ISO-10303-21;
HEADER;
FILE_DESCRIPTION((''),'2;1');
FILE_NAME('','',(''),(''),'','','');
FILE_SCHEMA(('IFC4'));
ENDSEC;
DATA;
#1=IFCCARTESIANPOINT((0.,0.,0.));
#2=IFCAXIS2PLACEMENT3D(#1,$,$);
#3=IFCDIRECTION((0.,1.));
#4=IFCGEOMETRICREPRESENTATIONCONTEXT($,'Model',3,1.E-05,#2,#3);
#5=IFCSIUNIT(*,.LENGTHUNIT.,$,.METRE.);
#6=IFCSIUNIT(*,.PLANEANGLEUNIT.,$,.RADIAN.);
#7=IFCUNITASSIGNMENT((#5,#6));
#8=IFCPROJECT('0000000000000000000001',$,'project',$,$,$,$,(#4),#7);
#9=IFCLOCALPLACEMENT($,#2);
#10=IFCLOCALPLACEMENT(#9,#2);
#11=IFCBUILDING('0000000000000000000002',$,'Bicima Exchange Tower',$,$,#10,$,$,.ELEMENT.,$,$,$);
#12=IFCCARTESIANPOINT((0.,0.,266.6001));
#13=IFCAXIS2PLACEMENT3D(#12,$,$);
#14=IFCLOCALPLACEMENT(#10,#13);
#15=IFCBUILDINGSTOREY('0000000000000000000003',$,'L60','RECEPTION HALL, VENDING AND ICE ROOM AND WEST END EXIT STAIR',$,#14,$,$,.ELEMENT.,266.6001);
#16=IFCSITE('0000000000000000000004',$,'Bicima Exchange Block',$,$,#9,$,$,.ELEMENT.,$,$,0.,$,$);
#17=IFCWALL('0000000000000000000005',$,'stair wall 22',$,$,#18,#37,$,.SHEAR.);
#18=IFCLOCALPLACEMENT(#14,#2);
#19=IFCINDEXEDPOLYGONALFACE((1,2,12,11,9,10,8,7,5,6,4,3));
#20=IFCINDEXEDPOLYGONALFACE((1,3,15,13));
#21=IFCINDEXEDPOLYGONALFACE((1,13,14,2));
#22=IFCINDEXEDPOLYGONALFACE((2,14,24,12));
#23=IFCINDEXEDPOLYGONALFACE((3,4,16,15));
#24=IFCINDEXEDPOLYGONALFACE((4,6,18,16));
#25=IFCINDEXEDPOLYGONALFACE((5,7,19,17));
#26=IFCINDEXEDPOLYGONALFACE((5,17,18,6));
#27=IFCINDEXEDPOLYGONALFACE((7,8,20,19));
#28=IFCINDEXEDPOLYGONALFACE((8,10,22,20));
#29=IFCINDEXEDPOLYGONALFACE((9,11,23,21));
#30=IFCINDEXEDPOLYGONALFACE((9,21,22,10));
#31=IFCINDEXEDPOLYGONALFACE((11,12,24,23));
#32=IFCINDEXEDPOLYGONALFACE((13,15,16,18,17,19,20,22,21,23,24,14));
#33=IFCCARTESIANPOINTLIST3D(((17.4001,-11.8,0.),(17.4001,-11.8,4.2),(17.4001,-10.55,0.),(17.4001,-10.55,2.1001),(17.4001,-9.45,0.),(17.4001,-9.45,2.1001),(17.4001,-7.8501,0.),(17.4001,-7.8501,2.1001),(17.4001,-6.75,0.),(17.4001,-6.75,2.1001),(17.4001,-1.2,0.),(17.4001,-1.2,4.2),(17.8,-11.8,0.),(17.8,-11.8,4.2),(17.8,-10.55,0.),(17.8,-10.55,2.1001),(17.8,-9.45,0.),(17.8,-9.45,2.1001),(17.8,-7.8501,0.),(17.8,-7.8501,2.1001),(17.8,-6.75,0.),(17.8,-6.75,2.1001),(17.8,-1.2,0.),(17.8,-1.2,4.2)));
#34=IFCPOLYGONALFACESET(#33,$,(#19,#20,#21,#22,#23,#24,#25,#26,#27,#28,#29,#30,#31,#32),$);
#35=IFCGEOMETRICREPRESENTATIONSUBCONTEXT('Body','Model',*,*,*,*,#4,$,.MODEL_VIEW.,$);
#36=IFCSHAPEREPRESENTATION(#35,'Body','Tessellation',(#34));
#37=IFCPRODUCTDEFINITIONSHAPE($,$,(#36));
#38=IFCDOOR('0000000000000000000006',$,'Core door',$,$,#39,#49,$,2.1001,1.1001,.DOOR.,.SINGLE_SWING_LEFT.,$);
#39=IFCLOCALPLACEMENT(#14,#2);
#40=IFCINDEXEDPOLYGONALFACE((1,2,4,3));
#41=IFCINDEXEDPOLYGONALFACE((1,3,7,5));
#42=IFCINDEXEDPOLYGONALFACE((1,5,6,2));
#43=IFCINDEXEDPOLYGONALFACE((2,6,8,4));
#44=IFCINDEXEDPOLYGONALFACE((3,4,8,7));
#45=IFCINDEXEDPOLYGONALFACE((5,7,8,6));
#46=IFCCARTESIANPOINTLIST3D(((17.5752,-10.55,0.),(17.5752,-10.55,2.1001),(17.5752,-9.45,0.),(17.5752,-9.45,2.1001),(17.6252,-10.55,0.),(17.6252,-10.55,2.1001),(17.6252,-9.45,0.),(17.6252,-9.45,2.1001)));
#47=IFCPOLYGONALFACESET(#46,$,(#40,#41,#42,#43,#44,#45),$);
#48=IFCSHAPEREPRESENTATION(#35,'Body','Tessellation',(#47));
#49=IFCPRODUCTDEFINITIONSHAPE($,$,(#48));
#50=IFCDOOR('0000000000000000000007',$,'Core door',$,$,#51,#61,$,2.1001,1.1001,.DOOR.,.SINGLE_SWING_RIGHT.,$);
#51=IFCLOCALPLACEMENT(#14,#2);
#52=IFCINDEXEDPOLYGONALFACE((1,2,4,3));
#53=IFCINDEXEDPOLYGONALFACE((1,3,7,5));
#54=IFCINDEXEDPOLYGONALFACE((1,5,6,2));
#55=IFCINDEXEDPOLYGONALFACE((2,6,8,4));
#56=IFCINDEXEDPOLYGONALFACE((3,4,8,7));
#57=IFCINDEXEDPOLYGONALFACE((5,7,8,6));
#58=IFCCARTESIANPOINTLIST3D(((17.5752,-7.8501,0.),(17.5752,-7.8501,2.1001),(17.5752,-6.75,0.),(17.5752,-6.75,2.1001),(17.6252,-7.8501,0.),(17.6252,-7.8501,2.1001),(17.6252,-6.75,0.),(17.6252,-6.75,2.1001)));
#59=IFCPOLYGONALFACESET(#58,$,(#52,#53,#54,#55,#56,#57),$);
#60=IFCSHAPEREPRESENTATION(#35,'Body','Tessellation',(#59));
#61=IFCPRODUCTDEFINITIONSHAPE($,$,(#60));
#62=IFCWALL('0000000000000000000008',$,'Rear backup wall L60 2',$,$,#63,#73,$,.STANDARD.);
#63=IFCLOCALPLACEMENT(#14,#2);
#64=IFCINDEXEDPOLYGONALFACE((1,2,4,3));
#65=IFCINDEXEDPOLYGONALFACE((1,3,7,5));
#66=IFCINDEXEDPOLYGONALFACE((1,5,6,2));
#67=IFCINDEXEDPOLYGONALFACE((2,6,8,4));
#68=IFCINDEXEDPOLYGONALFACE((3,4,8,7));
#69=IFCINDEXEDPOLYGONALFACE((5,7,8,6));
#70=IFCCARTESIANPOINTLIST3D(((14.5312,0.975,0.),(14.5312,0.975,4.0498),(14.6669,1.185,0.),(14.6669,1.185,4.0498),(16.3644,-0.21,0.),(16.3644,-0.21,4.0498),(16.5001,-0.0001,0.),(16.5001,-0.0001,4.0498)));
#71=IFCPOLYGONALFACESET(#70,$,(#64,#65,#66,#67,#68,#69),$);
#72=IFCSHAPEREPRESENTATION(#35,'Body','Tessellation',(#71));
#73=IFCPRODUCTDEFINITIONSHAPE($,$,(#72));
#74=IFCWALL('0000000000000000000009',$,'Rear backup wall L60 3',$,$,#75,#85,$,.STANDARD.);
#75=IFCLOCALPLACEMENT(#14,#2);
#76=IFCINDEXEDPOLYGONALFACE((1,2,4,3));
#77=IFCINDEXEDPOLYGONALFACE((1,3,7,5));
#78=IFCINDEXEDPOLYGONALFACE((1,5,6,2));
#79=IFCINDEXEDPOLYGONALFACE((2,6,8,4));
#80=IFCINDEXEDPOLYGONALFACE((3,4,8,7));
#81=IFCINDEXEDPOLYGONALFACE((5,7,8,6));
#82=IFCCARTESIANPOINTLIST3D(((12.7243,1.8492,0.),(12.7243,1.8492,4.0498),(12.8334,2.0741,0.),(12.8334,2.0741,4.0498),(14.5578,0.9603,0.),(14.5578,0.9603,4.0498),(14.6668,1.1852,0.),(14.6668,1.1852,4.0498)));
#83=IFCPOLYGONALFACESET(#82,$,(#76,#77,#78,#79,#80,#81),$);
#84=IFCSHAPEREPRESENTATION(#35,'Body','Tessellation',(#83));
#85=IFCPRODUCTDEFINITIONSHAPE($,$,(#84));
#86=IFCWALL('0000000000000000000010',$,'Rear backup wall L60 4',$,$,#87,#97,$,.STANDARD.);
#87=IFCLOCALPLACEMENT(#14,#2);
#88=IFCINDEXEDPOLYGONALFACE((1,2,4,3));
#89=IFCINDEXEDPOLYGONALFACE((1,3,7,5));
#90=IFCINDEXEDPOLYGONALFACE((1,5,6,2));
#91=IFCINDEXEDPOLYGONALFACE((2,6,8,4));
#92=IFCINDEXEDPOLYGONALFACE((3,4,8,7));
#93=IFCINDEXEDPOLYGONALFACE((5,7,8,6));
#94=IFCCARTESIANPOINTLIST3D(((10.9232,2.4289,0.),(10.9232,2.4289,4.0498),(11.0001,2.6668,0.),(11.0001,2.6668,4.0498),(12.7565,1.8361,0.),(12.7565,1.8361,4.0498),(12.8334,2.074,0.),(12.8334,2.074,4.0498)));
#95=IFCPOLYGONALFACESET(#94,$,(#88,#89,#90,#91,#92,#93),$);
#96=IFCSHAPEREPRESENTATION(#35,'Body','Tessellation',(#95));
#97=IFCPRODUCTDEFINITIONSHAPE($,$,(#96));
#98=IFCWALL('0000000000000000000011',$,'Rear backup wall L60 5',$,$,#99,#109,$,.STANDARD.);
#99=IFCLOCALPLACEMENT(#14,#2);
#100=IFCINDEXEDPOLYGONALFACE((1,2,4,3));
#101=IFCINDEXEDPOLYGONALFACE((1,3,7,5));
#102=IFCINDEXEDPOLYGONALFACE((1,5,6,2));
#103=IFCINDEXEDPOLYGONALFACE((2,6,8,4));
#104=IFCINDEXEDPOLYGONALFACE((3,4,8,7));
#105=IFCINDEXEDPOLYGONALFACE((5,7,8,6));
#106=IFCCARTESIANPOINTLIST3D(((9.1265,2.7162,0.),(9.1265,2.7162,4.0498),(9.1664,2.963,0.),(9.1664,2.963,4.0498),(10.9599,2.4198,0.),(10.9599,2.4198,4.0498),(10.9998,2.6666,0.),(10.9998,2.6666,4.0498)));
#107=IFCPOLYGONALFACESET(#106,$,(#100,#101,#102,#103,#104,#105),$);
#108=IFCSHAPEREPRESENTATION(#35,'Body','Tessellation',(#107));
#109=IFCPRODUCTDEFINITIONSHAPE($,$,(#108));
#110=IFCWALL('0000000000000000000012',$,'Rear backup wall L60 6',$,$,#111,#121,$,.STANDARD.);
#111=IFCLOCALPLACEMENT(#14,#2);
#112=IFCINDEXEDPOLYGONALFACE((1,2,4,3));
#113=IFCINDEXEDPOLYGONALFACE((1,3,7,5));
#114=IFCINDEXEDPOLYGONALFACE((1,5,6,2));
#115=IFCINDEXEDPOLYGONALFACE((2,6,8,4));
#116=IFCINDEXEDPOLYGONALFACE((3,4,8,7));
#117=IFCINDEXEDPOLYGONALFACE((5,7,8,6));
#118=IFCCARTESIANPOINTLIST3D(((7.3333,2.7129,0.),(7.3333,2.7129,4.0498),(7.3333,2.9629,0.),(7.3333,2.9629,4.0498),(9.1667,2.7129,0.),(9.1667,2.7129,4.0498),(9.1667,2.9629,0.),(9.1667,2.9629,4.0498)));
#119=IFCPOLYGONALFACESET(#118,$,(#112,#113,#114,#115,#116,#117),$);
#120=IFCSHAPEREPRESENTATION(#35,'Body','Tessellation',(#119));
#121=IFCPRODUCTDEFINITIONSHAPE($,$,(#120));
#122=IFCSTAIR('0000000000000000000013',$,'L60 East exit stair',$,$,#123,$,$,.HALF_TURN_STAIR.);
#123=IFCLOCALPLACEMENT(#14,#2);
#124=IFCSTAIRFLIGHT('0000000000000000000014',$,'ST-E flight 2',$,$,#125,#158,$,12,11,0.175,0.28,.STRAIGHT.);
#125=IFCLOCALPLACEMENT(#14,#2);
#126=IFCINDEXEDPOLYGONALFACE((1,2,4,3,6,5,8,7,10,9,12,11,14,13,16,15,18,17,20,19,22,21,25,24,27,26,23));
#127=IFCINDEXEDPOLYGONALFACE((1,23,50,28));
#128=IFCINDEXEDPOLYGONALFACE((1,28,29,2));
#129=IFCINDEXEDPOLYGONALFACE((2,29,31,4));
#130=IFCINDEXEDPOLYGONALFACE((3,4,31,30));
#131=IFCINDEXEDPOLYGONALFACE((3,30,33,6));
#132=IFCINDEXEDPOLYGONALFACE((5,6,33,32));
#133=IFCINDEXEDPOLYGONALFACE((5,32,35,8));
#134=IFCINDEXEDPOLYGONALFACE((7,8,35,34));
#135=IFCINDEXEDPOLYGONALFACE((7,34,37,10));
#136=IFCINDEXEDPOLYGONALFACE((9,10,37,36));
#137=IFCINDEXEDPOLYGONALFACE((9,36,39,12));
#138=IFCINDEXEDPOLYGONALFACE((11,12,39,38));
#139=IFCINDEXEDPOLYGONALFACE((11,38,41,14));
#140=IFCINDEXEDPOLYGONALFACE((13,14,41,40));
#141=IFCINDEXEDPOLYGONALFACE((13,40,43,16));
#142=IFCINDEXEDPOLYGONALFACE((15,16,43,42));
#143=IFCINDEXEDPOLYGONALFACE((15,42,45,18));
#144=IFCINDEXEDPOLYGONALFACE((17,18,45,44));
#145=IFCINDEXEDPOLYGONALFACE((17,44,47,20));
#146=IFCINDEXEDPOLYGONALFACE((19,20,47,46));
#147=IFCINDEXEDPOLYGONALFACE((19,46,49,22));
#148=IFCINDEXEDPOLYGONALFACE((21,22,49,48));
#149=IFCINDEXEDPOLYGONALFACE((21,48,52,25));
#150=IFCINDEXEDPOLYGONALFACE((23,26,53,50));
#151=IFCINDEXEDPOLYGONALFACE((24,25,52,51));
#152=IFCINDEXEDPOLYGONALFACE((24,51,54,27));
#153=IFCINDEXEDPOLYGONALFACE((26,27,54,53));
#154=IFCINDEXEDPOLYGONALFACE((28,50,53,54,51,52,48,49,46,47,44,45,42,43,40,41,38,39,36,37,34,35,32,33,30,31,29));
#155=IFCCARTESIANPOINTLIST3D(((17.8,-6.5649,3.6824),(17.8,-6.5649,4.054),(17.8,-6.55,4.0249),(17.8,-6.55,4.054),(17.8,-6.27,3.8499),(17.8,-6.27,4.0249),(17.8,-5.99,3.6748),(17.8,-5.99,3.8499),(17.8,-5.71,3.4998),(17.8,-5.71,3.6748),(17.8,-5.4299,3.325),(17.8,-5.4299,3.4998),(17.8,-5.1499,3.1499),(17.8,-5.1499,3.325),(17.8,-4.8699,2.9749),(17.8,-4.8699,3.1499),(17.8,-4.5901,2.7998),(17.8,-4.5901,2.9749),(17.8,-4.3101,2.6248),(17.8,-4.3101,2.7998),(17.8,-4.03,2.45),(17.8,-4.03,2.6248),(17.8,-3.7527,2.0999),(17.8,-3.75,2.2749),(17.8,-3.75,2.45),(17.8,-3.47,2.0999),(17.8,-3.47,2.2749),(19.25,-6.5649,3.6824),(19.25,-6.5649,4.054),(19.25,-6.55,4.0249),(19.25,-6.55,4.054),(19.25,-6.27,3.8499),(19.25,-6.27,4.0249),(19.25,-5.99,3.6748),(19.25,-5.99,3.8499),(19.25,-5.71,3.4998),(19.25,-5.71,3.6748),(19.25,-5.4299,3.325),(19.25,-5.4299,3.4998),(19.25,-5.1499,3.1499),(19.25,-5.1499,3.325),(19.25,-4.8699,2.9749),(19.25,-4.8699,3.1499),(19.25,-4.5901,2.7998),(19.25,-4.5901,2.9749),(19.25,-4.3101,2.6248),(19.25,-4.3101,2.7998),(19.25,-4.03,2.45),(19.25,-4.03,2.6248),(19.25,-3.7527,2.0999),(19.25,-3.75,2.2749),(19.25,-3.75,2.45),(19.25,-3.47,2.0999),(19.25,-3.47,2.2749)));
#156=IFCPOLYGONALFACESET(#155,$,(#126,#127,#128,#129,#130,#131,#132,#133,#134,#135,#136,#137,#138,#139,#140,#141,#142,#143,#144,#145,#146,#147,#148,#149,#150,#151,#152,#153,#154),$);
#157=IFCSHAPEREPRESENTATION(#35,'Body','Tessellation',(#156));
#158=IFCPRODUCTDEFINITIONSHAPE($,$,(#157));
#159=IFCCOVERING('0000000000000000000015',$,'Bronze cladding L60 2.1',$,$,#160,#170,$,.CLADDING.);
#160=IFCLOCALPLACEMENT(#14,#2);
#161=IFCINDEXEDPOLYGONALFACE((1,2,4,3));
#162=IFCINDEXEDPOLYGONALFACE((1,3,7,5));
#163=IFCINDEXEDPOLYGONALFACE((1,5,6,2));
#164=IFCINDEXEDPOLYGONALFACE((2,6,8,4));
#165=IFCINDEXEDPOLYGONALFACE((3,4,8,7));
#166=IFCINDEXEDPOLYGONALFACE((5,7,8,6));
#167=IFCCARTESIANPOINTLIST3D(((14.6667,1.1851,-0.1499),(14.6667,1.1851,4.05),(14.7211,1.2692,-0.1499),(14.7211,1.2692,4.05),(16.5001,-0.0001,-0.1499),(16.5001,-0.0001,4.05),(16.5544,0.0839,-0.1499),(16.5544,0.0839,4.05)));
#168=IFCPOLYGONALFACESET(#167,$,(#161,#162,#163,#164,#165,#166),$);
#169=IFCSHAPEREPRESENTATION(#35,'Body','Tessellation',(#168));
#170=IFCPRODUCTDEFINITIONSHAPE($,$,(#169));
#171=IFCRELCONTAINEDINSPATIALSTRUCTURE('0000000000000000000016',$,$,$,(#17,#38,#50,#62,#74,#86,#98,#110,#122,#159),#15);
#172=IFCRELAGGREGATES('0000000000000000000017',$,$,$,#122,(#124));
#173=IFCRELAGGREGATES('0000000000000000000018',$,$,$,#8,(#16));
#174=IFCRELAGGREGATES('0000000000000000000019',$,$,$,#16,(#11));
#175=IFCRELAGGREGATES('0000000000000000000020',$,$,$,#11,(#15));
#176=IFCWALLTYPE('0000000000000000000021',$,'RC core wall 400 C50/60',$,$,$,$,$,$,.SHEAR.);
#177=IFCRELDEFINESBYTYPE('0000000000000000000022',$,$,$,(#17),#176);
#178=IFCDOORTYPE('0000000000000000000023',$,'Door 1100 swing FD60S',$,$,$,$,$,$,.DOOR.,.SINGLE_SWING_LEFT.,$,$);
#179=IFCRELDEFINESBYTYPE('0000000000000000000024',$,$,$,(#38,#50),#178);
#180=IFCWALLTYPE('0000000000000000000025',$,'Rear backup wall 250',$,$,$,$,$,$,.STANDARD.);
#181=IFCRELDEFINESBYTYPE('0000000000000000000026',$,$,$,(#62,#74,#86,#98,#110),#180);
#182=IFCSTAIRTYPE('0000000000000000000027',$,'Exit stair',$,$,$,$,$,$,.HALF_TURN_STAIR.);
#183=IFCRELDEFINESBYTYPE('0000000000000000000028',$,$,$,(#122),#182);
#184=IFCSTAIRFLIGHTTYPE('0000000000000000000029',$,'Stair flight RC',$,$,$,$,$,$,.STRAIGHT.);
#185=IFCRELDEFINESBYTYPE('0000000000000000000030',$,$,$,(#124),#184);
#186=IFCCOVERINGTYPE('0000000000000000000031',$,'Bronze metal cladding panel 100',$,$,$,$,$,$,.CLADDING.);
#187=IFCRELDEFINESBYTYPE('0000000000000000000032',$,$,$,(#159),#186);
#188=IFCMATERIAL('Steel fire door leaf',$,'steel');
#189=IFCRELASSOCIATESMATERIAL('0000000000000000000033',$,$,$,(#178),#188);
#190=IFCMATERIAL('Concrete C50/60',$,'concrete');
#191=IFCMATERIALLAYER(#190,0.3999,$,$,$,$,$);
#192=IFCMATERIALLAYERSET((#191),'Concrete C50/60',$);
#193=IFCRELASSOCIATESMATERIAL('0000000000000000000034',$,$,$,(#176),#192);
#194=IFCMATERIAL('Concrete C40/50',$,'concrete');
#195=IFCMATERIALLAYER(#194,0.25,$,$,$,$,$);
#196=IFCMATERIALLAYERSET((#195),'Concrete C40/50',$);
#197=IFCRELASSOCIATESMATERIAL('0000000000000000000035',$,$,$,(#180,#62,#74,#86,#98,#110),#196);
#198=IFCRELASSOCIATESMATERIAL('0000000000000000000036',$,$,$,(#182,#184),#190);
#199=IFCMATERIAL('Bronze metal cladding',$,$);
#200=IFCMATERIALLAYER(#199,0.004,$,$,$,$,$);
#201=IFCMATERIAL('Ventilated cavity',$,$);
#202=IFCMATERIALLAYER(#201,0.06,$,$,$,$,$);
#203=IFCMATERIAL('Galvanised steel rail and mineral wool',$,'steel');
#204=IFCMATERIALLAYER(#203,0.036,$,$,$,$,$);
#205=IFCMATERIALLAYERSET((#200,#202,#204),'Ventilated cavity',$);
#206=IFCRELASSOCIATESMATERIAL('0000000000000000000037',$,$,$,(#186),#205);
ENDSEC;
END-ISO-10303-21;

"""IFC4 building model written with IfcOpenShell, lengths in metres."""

from ifc_helpers import new_model, si_unit, direction, frame, frame_2d, origin, origin_2d, place, context, subcontext, project, spatial, polyline, rectangle, outline, extrude, material, layer, layer_set, layer_usage, type_object, element, fill, aggregate, save


model = new_model("IFC4")

# Units and contexts
model_context = context("Model", 3, precision=1e-05, world=origin(), true_north=direction((0.0, 1.0)))
body_context = subcontext(model_context, "Body", "Model", "MODEL_VIEW")
ifc_project = project(units=[si_unit("LENGTHUNIT", "METRE"), si_unit("PLANEANGLEUNIT", "RADIAN")], contexts=[model_context])

# Site, building, storey
site_placement = place(None, origin())
site = spatial("IfcSite", under=ifc_project, at=site_placement, Name="Bicima Exchange Block", CompositionType="ELEMENT", RefElevation=0.0)
building_placement = place(site_placement, origin())
building = spatial("IfcBuilding", under=site, at=building_placement, Name="Bicima Exchange Tower", CompositionType="ELEMENT")
storey_placement = place(building_placement, frame((0.0, 0.0, 266.6001)))
storey = spatial("IfcBuildingStorey", under=building, at=storey_placement, Name="L60", Description="RECEPTION HALL, VENDING AND ICE ROOM AND WEST END EXIT STAIR", CompositionType="ELEMENT", Elevation=266.6001)

# Shared definitions
ifc_material_1 = material(Name="Concrete C40/50", Category="concrete")
ifc_material_2 = material(Name="Steel fire door leaf", Category="steel")
door_type_1 = type_object("IfcDoorType", Name="Door 1100 swing FD60S", OperationType="SINGLE_SWING_LEFT", PredefinedType="DOOR", material=ifc_material_2)
ifc_material_3 = material(Name="Concrete C50/60", Category="concrete")
ifc_layer_1 = layer(ifc_material_3, 0.3999)
ifc_layer_set_1 = layer_set([ifc_layer_1], Name="Concrete C50/60")
wall_type_1 = type_object("IfcWallType", Name="RC core wall 400 C50/60", PredefinedType="SHEAR", material=ifc_layer_set_1)

# Wall, openings, doors
wall_1_placement = place(storey_placement, frame((17.6001, -11.8, 0.0), z_axis=(0.0, 0.0, 1.0), x_axis=(0.0, 1.0, 0.0)))
wall_1 = element("IfcWall", 1, at=wall_1_placement, inside=storey, type_object=wall_type_1, Name="stair wall 22", PredefinedType="SHEAR", context=body_context, shape_type="SweptSolid", body=[
    extrude(rectangle(XDim=10.6001, YDim=0.3999, at=frame_2d((5.3, 0.0))), origin(), (0.0, 0.0, 1.0), 4.2),
])
opening_1_placement = place(wall_1_placement, frame((1.25, 0.0, 0.0)))
opening_1 = element("IfcOpeningElement", 2, at=opening_1_placement, cuts=wall_1, PredefinedType="OPENING", context=body_context, shape_type="SweptSolid", body=[
    extrude(rectangle(XDim=1.1001, YDim=2.1001, at=frame_2d((0.55, 1.05))), frame((0.0, 0.2119, 0.0), z_axis=(0.0, -1.0, 0.0), x_axis=(1.0, 0.0, 0.0)), (0.0, 0.0, 1.0), 0.4238),
])
opening_2_placement = place(wall_1_placement, frame((3.95, 0.0, 0.0)))
opening_2 = element("IfcOpeningElement", 3, at=opening_2_placement, cuts=wall_1, PredefinedType="OPENING", context=body_context, shape_type="SweptSolid", body=[
    extrude(rectangle(XDim=1.1001, YDim=2.1001, at=frame_2d((0.55, 1.05))), frame((0.0, 0.2119, 0.0), z_axis=(0.0, -1.0, 0.0), x_axis=(1.0, 0.0, 0.0)), (0.0, 0.0, 1.0), 0.4238),
])
door_1_placement = place(opening_1_placement, origin())
door_1 = element("IfcDoor", 4, at=door_1_placement, inside=storey, type_object=door_type_1, Name="Core door", OperationType="SINGLE_SWING_LEFT", OverallHeight=2.1001, OverallWidth=1.1001, PredefinedType="DOOR", context=body_context, shape_type="SweptSolid", body=[
    extrude(rectangle(XDim=1.1001, YDim=2.1001, at=frame_2d((0.55, 1.05))), frame((0.0, 0.0249, 0.0), z_axis=(0.0, -1.0, 0.0), x_axis=(1.0, 0.0, 0.0)), (0.0, 0.0, 1.0), 0.05),
])
fill(opening_1, door_1)
door_2_placement = place(opening_2_placement, origin())
door_2 = element("IfcDoor", 5, at=door_2_placement, inside=storey, type_object=door_type_1, Name="Core door", OperationType="SINGLE_SWING_RIGHT", OverallHeight=2.1001, OverallWidth=1.1001, PredefinedType="DOOR", context=body_context, shape_type="SweptSolid", body=[
    extrude(rectangle(XDim=1.1001, YDim=2.1001, at=frame_2d((0.55, 1.05))), frame((0.0, 0.0249, 0.0), z_axis=(0.0, -1.0, 0.0), x_axis=(1.0, 0.0, 0.0)), (0.0, 0.0, 1.0), 0.05),
])
fill(opening_2, door_2)

# Walls
ifc_layer_2 = layer(ifc_material_1, 0.25)
ifc_layer_set_2 = layer_set([ifc_layer_2], Name="Concrete C40/50")
ifc_layer_usage = layer_usage(ifc_layer_set_2, "AXIS2", "POSITIVE", -0.125)
wall_type_2 = type_object("IfcWallType", Name="Rear backup wall 250", PredefinedType="STANDARD", material=ifc_layer_set_2)
wall_2_placement = place(storey_placement, frame((16.4321, -0.105, 0.0), z_axis=(0.0, 0.0, 1.0), x_axis=(-0.839813, 0.542876, 0.0)))
element("IfcWall", 6, at=wall_2_placement, inside=storey, type_object=wall_type_2, material=ifc_layer_usage, Name="Rear backup wall L60 2", PredefinedType="STANDARD", context=body_context, shape_type="SweptSolid", body=[
    extrude(rectangle(XDim=2.1829, YDim=0.25, at=frame_2d((1.0913, 0.0))), origin(), (0.0, 0.0, 1.0), 4.0498),
])
wall_3_placement = place(storey_placement, frame((14.6123, 1.0728, 0.0), z_axis=(0.0, 0.0, 1.0), x_axis=(-0.899824, 0.436253, 0.0)))
element("IfcWall", 7, at=wall_3_placement, inside=storey, type_object=wall_type_2, material=ifc_layer_usage, Name="Rear backup wall L60 3", PredefinedType="STANDARD", context=body_context, shape_type="SweptSolid", body=[
    extrude(rectangle(XDim=2.0376, YDim=0.25, at=frame_2d((1.0188, 0.0))), origin(), (0.0, 0.0, 1.0), 4.0498),
])
wall_4_placement = place(storey_placement, frame((12.7949, 1.9551, 0.0), z_axis=(0.0, 0.0, 1.0), x_axis=(-0.951496, 0.307662, 0.0)))
element("IfcWall", 8, at=wall_4_placement, inside=storey, type_object=wall_type_2, material=ifc_layer_usage, Name="Rear backup wall L60 4", PredefinedType="STANDARD", context=body_context, shape_type="SweptSolid", body=[
    extrude(rectangle(XDim=1.9268, YDim=0.25, at=frame_2d((0.9634, 0.0))), origin(), (0.0, 0.0, 1.0), 4.0498),
])
wall_5_placement = place(storey_placement, frame((10.98, 2.5432, 0.0), z_axis=(0.0, 0.0, 1.0), x_axis=(-0.987182, 0.1596, 0.0)))
element("IfcWall", 9, at=wall_5_placement, inside=storey, type_object=wall_type_2, material=ifc_layer_usage, Name="Rear backup wall L60 5", PredefinedType="STANDARD", context=body_context, shape_type="SweptSolid", body=[
    extrude(rectangle(XDim=1.8572, YDim=0.25, at=frame_2d((0.9287, 0.0))), origin(), (0.0, 0.0, 1.0), 4.0498),
])
wall_6_placement = place(storey_placement, frame((9.1667, 2.8379, 0.0), z_axis=(0.0, 0.0, 1.0), x_axis=(-1.0, 0.0, 0.0)))
element("IfcWall", 10, at=wall_6_placement, inside=storey, type_object=wall_type_2, material=ifc_layer_usage, Name="Rear backup wall L60 6", PredefinedType="STANDARD", context=body_context, shape_type="SweptSolid", body=[
    extrude(rectangle(XDim=1.8335, YDim=0.25, at=frame_2d((0.9167, 0.0))), origin(), (0.0, 0.0, 1.0), 4.0498),
])

# Stair, stair flight
stair_type = type_object("IfcStairType", Name="Exit stair", PredefinedType="HALF_TURN_STAIR", material=ifc_material_3)
stair_placement = place(storey_placement, origin())
stair = element("IfcStair", 11, at=stair_placement, inside=storey, type_object=stair_type, Name="L60 East exit stair", PredefinedType="HALF_TURN_STAIR")
stair_flight_type = type_object("IfcStairFlightType", Name="Stair flight RC", PredefinedType="STRAIGHT", material=ifc_material_3)
stair_flight_placement = place(storey_placement, frame((18.5249, -3.47, 2.0999), z_axis=(0.0, 0.0, 1.0), x_axis=(0.0, -1.0, 0.0)))
stair_flight = element("IfcStairFlight", 12, at=stair_flight_placement, type_object=stair_flight_type, Name="ST-E flight 2", NumberOfRisers=12, NumberOfTreads=11, PredefinedType="STRAIGHT", RiserHeight=0.175, TreadLength=0.28, context=body_context, shape_type="SweptSolid", body=[
    extrude(outline(polyline([(0.0, 0.0), (0.0, 0.175), (0.28, 0.175), (0.28, 0.3501), (0.5601, 0.3501), (0.5601, 0.5249), (0.8401, 0.5249), (0.8401, 0.7), (1.1201, 0.7), (1.1201, 0.875), (1.3999, 0.875), (1.3999, 1.05), (1.6799, 1.05), (1.6799, 1.2251), (1.96, 1.2251), (1.96, 1.3999), (2.24, 1.3999), (2.24, 1.575), (2.52, 1.575), (2.52, 1.75), (2.8, 1.75), (2.8, 1.925), (3.0801, 1.925), (3.0801, 1.9541), (3.095, 1.9541), (3.095, 1.5825), (0.2827, 0.0), (0.0, 0.0)])), frame((0.0, 0.7251, 0.0), z_axis=(0.0, -1.0, 0.0), x_axis=(1.0, 0.0, 0.0)), (0.0, 0.0, 1.0), 1.45),
])
aggregate(stair, [stair_flight])

# Covering
ifc_material_4 = material(Name="Bronze metal cladding")
ifc_layer_3 = layer(ifc_material_4, 0.004)
ifc_material_5 = material(Name="Ventilated cavity")
ifc_layer_4 = layer(ifc_material_5, 0.06)
ifc_material_6 = material(Name="Galvanised steel rail and mineral wool", Category="steel")
ifc_layer_5 = layer(ifc_material_6, 0.036)
ifc_layer_set_3 = layer_set([ifc_layer_3, ifc_layer_4, ifc_layer_5], Name="Ventilated cavity")
covering_type = type_object("IfcCoveringType", Name="Bronze metal cladding panel 100", PredefinedType="CLADDING", material=ifc_layer_set_3)
covering_1_placement = place(storey_placement, frame((15.6106, 0.6345, -0.1499), z_axis=(0.0, 0.0, 1.0), x_axis=(-0.83979, 0.542911, 0.0)))
element("IfcCovering", 13, at=covering_1_placement, inside=storey, type_object=covering_type, Name="Bronze cladding L60 2.1", PredefinedType="CLADDING", context=body_context, shape_type="SweptSolid", body=[
    extrude(rectangle(XDim=2.1831, YDim=0.1001, at=origin_2d()), origin(), (0.0, 0.0, 1.0), 4.2),
])

save(model, "model.ifc")
